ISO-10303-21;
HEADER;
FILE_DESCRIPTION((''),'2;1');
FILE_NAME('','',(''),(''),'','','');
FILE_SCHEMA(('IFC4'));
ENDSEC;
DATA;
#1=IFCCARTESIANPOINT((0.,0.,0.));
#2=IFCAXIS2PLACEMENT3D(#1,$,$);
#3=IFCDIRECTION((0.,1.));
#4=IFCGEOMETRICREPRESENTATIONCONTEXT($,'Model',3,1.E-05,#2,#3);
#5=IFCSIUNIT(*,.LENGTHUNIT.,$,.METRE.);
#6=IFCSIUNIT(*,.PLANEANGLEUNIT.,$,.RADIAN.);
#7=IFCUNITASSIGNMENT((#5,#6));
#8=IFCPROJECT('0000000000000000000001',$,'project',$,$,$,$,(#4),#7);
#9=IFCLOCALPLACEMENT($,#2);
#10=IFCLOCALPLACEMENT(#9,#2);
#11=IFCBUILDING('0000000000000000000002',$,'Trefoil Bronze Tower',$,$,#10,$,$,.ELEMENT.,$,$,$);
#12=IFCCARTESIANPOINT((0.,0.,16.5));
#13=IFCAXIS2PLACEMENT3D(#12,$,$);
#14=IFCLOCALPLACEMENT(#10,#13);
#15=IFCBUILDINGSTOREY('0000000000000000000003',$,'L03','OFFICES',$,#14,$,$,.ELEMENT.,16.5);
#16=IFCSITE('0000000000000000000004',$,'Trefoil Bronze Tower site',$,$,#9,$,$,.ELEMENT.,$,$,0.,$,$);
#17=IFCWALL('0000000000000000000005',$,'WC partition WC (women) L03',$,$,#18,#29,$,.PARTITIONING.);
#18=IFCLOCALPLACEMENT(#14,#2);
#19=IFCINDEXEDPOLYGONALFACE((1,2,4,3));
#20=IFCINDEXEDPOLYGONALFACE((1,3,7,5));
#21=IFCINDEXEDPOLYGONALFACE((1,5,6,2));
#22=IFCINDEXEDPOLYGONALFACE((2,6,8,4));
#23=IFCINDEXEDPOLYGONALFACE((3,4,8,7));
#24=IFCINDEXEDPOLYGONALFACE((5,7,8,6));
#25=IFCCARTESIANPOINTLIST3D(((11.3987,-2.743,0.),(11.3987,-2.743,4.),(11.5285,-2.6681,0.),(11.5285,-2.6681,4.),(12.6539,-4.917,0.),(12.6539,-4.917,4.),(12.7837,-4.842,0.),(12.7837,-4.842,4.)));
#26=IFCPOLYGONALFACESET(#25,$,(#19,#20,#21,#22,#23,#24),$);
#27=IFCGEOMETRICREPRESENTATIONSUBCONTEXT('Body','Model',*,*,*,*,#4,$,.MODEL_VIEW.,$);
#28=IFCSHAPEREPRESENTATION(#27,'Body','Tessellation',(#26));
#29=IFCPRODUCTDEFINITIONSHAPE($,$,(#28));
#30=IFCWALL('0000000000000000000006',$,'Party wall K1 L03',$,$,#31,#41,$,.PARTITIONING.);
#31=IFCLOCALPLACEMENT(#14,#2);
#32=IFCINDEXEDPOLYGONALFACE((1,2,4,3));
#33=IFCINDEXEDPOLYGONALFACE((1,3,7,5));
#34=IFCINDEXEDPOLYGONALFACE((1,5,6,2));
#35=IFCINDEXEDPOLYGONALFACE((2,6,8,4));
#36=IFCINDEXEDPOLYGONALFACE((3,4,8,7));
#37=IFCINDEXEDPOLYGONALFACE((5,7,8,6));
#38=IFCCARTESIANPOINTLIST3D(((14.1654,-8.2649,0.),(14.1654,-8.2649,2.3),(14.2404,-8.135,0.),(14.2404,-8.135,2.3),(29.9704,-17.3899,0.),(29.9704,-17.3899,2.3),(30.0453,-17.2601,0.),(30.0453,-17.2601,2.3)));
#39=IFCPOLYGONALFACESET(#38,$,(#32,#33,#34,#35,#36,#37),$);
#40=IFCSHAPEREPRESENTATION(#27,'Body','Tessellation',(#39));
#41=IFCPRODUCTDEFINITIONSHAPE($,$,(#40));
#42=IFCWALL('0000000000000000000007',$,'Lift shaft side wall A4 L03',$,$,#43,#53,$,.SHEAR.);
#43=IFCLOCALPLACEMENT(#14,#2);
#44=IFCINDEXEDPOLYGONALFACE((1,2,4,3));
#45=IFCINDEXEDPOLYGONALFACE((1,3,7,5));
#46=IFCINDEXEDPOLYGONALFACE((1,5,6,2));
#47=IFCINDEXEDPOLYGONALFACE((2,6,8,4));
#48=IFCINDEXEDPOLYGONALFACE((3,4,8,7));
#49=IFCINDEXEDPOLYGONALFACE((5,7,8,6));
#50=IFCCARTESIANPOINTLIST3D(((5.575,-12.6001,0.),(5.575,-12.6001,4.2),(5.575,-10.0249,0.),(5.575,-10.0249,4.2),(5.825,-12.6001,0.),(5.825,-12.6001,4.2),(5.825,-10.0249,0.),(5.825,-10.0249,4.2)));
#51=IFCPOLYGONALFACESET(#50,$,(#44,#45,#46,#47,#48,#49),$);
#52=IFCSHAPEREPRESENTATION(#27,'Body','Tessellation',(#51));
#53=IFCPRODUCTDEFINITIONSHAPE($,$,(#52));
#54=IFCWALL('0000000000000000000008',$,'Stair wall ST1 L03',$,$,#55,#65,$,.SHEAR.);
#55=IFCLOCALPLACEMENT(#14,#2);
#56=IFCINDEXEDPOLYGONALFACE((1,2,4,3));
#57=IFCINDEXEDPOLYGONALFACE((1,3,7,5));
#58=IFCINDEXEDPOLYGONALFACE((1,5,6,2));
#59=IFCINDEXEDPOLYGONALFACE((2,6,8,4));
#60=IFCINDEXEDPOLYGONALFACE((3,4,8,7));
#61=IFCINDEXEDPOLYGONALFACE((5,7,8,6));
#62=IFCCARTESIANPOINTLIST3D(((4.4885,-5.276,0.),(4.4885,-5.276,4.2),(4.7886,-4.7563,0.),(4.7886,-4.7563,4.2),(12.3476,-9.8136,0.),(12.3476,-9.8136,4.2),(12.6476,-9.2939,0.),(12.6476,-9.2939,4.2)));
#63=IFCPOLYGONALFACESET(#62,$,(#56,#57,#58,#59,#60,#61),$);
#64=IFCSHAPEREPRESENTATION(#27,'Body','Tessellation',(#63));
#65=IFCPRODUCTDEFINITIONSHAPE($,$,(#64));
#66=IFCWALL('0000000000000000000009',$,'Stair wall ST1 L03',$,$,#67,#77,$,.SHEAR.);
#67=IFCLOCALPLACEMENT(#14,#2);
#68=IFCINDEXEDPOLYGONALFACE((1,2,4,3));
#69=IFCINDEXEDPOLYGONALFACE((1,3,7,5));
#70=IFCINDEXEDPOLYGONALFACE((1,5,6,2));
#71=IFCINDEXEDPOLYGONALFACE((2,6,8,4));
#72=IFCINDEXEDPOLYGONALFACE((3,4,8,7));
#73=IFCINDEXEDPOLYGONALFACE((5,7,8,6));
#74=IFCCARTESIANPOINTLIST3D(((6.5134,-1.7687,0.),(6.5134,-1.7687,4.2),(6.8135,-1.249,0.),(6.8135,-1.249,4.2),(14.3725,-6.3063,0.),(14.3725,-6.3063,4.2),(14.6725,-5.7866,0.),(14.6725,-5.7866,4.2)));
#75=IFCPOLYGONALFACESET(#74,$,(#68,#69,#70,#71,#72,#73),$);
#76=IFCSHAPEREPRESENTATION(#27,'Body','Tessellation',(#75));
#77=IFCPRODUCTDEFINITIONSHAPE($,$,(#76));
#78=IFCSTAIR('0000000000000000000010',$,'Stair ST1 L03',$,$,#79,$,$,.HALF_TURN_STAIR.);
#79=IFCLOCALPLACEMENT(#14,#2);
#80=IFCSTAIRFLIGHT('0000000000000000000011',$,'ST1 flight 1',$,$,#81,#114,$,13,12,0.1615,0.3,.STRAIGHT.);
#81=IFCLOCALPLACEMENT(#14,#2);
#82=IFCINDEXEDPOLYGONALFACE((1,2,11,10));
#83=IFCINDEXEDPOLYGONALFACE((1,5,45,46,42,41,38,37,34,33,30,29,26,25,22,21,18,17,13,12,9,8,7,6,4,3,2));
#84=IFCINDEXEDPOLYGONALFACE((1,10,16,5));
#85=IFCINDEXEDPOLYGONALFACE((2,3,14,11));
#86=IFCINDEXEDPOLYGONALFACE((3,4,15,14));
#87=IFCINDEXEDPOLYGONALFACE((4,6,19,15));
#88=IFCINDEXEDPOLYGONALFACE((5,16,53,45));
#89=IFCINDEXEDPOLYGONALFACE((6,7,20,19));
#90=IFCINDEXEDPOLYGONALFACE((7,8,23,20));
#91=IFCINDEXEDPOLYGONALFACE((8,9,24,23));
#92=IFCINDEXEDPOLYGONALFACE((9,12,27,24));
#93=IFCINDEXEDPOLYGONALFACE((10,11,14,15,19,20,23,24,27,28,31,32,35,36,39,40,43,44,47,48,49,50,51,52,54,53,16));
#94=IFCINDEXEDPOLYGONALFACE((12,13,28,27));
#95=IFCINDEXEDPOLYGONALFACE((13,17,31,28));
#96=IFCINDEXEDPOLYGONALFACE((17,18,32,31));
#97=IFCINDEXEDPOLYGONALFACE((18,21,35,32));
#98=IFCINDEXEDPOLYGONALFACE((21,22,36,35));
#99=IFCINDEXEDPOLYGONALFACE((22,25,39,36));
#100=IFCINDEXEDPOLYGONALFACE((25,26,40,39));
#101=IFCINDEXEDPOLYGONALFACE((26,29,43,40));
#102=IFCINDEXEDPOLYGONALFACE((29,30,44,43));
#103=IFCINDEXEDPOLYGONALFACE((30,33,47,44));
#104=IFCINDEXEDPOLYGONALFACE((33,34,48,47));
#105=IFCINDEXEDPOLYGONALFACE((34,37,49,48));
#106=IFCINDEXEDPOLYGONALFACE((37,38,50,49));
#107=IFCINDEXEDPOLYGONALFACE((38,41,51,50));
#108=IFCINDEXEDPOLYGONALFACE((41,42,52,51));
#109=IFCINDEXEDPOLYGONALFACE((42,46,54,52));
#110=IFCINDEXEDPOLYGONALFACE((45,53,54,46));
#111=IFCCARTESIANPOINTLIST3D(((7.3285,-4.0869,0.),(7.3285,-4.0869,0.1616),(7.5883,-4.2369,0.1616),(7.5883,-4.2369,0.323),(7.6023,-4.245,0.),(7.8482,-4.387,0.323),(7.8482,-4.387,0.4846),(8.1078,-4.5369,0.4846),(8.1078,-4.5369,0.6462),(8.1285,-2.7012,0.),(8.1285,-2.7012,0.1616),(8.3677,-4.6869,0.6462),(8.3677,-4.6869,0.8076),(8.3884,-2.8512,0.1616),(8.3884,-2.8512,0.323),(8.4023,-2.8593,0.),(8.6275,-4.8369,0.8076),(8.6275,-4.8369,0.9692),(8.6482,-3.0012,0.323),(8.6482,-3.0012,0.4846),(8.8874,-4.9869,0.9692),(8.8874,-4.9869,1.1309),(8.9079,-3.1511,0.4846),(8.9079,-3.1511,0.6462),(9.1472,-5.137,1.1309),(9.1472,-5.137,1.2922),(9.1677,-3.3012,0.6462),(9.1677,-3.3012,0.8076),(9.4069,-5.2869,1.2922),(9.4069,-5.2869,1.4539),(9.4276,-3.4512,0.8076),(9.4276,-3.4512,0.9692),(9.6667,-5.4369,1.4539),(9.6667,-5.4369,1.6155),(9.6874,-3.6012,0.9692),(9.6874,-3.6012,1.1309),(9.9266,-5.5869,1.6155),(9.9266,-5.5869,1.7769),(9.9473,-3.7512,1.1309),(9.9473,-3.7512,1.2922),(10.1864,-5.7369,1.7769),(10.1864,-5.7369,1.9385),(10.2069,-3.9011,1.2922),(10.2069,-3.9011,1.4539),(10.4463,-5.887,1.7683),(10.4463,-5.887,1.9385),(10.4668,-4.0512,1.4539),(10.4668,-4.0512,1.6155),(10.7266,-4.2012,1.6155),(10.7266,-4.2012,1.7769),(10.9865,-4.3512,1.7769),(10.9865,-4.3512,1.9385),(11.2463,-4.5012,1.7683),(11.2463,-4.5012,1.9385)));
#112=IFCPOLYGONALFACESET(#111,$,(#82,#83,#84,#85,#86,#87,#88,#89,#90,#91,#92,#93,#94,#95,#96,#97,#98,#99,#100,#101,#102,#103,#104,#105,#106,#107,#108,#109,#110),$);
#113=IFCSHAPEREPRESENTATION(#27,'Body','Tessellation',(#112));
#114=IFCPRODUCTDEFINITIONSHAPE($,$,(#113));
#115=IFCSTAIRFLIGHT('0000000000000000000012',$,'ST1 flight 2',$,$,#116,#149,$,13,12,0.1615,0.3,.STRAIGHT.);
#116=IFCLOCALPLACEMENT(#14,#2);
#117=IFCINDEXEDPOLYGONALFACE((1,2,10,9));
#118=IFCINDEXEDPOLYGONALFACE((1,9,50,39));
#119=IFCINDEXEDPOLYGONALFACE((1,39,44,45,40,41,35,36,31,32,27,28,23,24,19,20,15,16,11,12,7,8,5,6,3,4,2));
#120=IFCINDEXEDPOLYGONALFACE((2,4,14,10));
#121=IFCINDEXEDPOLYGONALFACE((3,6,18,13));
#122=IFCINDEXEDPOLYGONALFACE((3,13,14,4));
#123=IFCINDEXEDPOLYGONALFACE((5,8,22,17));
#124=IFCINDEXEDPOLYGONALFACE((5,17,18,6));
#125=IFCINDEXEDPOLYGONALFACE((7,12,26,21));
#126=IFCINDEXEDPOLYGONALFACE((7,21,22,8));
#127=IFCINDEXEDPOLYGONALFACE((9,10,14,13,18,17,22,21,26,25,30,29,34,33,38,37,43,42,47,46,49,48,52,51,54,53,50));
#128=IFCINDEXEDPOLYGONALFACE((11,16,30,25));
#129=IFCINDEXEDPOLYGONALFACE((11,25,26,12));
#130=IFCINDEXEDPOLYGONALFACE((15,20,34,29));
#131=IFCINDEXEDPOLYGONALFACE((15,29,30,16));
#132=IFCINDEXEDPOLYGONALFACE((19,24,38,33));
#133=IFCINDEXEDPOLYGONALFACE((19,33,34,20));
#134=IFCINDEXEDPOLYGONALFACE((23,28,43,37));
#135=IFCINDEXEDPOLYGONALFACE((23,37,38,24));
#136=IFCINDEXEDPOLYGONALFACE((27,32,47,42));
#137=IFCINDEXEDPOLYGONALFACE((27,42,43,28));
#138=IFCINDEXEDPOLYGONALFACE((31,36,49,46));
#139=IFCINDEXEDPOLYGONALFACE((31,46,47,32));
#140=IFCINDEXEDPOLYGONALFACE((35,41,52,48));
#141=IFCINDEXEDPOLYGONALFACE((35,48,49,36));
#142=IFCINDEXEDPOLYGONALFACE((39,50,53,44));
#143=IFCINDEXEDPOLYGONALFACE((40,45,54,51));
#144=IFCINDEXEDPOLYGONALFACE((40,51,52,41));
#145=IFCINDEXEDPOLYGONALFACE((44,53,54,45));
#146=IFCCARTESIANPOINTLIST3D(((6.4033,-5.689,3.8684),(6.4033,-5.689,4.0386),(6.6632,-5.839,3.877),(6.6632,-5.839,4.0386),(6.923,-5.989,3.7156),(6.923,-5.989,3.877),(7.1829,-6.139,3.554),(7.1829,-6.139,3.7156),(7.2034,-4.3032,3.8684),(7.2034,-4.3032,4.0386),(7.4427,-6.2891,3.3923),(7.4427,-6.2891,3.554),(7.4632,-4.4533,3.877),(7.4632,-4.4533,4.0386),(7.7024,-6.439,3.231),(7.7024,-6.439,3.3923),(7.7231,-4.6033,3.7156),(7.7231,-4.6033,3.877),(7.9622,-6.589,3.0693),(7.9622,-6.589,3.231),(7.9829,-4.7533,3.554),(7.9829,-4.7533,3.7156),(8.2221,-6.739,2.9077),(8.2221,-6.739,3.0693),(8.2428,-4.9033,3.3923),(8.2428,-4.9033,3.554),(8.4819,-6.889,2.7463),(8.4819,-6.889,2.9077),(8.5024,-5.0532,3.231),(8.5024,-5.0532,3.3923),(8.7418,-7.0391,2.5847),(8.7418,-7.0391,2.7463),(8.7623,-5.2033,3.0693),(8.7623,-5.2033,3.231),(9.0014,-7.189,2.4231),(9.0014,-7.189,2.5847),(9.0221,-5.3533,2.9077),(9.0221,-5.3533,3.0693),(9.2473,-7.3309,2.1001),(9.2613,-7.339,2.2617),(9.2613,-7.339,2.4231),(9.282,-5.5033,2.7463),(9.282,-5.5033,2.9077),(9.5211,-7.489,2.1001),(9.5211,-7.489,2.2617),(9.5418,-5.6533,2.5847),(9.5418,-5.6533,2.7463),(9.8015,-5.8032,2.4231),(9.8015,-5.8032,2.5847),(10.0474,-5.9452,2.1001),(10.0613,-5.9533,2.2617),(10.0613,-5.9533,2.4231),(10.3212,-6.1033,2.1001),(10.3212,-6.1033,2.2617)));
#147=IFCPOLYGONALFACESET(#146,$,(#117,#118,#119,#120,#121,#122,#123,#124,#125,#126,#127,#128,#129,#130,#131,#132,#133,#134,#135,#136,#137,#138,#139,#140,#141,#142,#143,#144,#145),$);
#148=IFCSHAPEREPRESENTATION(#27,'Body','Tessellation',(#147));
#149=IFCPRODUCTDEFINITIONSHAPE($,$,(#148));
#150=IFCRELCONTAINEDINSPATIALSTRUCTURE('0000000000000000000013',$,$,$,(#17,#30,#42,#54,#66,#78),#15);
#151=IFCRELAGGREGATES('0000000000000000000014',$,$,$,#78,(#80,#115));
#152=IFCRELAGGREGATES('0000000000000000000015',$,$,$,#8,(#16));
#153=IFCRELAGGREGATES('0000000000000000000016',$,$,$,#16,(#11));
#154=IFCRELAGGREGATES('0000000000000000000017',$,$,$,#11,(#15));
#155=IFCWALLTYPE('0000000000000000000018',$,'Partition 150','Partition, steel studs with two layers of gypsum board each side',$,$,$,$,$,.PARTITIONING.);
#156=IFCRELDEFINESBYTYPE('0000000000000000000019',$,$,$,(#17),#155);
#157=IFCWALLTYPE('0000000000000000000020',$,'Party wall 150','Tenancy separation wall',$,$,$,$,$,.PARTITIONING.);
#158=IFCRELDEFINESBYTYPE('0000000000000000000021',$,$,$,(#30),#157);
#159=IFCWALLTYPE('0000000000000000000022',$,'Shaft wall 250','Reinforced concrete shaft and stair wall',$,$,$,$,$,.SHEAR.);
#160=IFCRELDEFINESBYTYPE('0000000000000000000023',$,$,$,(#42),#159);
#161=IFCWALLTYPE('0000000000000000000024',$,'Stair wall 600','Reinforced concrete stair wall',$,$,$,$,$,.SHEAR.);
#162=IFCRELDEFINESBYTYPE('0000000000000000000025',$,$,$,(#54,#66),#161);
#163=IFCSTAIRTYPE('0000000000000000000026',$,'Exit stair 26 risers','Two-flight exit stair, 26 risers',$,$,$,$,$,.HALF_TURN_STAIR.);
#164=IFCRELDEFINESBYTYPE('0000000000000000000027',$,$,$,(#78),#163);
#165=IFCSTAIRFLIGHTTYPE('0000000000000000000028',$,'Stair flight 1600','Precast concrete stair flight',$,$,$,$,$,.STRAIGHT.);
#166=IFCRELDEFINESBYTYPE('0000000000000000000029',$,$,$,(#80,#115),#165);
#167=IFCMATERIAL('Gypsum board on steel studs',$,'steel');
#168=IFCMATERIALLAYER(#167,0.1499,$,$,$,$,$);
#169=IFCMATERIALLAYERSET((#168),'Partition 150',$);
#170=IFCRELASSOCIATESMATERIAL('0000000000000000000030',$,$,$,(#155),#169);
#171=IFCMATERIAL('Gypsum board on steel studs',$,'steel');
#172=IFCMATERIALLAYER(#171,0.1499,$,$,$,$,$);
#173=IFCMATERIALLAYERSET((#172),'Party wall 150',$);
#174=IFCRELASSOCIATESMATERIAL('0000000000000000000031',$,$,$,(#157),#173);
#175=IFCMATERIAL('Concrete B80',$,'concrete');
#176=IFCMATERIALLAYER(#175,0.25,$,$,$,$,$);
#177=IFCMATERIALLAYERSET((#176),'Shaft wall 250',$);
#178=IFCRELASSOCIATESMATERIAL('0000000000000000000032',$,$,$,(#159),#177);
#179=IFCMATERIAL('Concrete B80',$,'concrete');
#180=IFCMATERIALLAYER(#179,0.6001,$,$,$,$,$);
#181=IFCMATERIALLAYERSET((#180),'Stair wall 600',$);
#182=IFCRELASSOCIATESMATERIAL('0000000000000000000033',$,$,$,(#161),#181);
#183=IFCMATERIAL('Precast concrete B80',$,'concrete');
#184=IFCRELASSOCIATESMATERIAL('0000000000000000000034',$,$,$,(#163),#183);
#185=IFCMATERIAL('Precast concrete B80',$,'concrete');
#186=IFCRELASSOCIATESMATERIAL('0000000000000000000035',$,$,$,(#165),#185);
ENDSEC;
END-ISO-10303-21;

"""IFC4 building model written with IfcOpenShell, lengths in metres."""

from ifc_helpers import new_model, si_unit, direction, frame, frame_2d, origin, place, context, subcontext, project, spatial, polyline, rectangle, outline, extrude, material, layer, layer_set, type_object, element, aggregate, save


model = new_model("IFC4")

# Units and contexts
model_context = context("Model", 3, precision=1e-05, world=origin(), true_north=direction((0.0, 1.0)))
body_context = subcontext(model_context, "Body", "Model", "MODEL_VIEW")
ifc_project = project(units=[si_unit("LENGTHUNIT", "METRE"), si_unit("PLANEANGLEUNIT", "RADIAN")], contexts=[model_context])

# Site, building, storey
site_placement = place(None, origin())
site = spatial("IfcSite", under=ifc_project, at=site_placement, Name="Trefoil Bronze Tower site", CompositionType="ELEMENT", RefElevation=0.0)
building_placement = place(site_placement, origin())
building = spatial("IfcBuilding", under=site, at=building_placement, Name="Trefoil Bronze Tower", CompositionType="ELEMENT")
storey_placement = place(building_placement, frame((0.0, 0.0, 16.5)))
storey = spatial("IfcBuildingStorey", under=building, at=storey_placement, Name="L03", Description="OFFICES", CompositionType="ELEMENT", Elevation=16.5)

# Shared definitions
ifc_material_1 = material(Name="Gypsum board on steel studs", Category="steel")
ifc_layer_1 = layer(ifc_material_1, 0.1499)
ifc_layer_set_1 = layer_set([ifc_layer_1], Name="Partition 150")
wall_type_1 = type_object("IfcWallType", Name="Partition 150", Description="Partition, steel studs with two layers of gypsum board each side", PredefinedType="PARTITIONING", material=ifc_layer_set_1)

# Walls
wall_1_placement = place(storey_placement, frame((11.4636, -2.7056, 0.0), z_axis=(0.0, 0.0, 1.0), x_axis=(0.50002, -0.866014, 0.0)))
element("IfcWall", 1, at=wall_1_placement, inside=storey, type_object=wall_type_1, Name="WC partition WC (women) L03", PredefinedType="PARTITIONING", context=body_context, shape_type="SweptSolid", body=[
    extrude(rectangle(XDim=2.5103, YDim=0.1499, at=frame_2d((1.2551, 0.0))), origin(), (0.0, 0.0, 1.0), 4.0),
])
ifc_material_2 = material(Name="Gypsum board on steel studs", Category="steel")
ifc_layer_2 = layer(ifc_material_2, 0.1499)
ifc_layer_set_2 = layer_set([ifc_layer_2], Name="Party wall 150")
wall_type_2 = type_object("IfcWallType", Name="Party wall 150", Description="Tenancy separation wall", PredefinedType="PARTITIONING", material=ifc_layer_set_2)
wall_2_placement = place(storey_placement, frame((14.2029, -8.2, 0.0), z_axis=(0.0, 0.0, 1.0), x_axis=(0.866025, -0.500001, 0.0)))
element("IfcWall", 2, at=wall_2_placement, inside=storey, type_object=wall_type_2, Name="Party wall K1 L03", PredefinedType="PARTITIONING", context=body_context, shape_type="SweptSolid", body=[
    extrude(rectangle(XDim=18.25, YDim=0.1499, at=frame_2d((9.125, 0.0))), origin(), (0.0, 0.0, 1.0), 2.3),
])
ifc_material_3 = material(Name="Concrete B80", Category="concrete")
ifc_layer_3 = layer(ifc_material_3, 0.25)
ifc_layer_set_3 = layer_set([ifc_layer_3], Name="Shaft wall 250")
wall_type_3 = type_object("IfcWallType", Name="Shaft wall 250", Description="Reinforced concrete shaft and stair wall", PredefinedType="SHEAR", material=ifc_layer_set_3)
wall_3_placement = place(storey_placement, frame((5.7, -10.0249, 0.0), z_axis=(0.0, 0.0, 1.0), x_axis=(0.0, -1.0, 0.0)))
element("IfcWall", 3, at=wall_3_placement, inside=storey, type_object=wall_type_3, Name="Lift shaft side wall A4 L03", PredefinedType="SHEAR", context=body_context, shape_type="SweptSolid", body=[
    extrude(rectangle(XDim=2.5752, YDim=0.25, at=frame_2d((1.2876, 0.0))), origin(), (0.0, 0.0, 1.0), 4.2),
])
ifc_material_4 = material(Name="Concrete B80", Category="concrete")
ifc_layer_4 = layer(ifc_material_4, 0.6001)
ifc_layer_set_4 = layer_set([ifc_layer_4], Name="Stair wall 600")
wall_type_4 = type_object("IfcWallType", Name="Stair wall 600", Description="Reinforced concrete stair wall", PredefinedType="SHEAR", material=ifc_layer_set_4)
for number, where, z_axis, x_axis, name in (
    (4, (4.6384, -5.0161, 0.0), (0.0, 0.0, 1.0), (0.866019, -0.50001, 0.0), "Stair wall ST1 L03"),
    (5, (6.6633, -1.5088, 0.0), (0.0, 0.0, 1.0), (0.866019, -0.50001, 0.0), "Stair wall ST1 L03"),
):
    element("IfcWall", number, at=place(storey_placement, frame(where, z_axis=z_axis, x_axis=x_axis)), inside=storey, type_object=wall_type_4, Name=name, PredefinedType="SHEAR", context=body_context, shape_type="SweptSolid", body=[
        extrude(rectangle(XDim=9.075, YDim=0.6001, at=frame_2d((4.5376, 0.0))), origin(), (0.0, 0.0, 1.0), 4.2),
    ])

# Stair, stair flights
ifc_material_5 = material(Name="Precast concrete B80", Category="concrete")
stair_type = type_object("IfcStairType", Name="Exit stair 26 risers", Description="Two-flight exit stair, 26 risers", PredefinedType="HALF_TURN_STAIR", material=ifc_material_5)
stair_placement = place(storey_placement, origin())
stair = element("IfcStair", 6, at=stair_placement, inside=storey, type_object=stair_type, Name="Stair ST1 L03", PredefinedType="HALF_TURN_STAIR")
ifc_material_6 = material(Name="Precast concrete B80", Category="concrete")
stair_flight_type = type_object("IfcStairFlightType", Name="Stair flight 1600", Description="Precast concrete stair flight", PredefinedType="STRAIGHT", material=ifc_material_6)
stair_flight_1_placement = place(storey_placement, frame((7.7285, -3.394, 0.0), z_axis=(0.0, 0.0, 1.0), x_axis=(0.866025, -0.5, 0.0)))
stair_flight_1 = element("IfcStairFlight", 7, at=stair_flight_1_placement, type_object=stair_flight_type, Name="ST1 flight 1", NumberOfRisers=13, NumberOfTreads=12, PredefinedType="STRAIGHT", RiserHeight=0.1615, TreadLength=0.3, context=body_context, shape_type="SweptSolid", body=[
    extrude(outline(polyline([(0.0, 0.0), (0.0, 0.1616), (0.3, 0.1616), (0.3, 0.323), (0.6001, 0.323), (0.6001, 0.4846), (0.8999, 0.4846), (0.8999, 0.6462), (1.2, 0.6462), (1.2, 0.8076), (1.5, 0.8076), (1.5, 0.9692), (1.8, 0.9692), (1.8, 1.1309), (2.1001, 1.1309), (2.1001, 1.2922), (2.3999, 1.2922), (2.3999, 1.4539), (2.7, 1.4539), (2.7, 1.6155), (3.0, 1.6155), (3.0, 1.7769), (3.3, 1.7769), (3.3, 1.9385), (3.6001, 1.9385), (3.6001, 2.1001), (3.6001, 1.7683), (0.3162, 0.0), (0.0, 0.0)])), frame((0.0, 0.8, 0.0), z_axis=(0.0, -1.0, 0.0), x_axis=(1.0, 0.0, 0.0)), (0.0, 0.0, 1.0), 1.6001),
])
stair_flight_2_placement = place(storey_placement, frame((9.9211, -6.7961, 2.1001), z_axis=(0.0, 0.0, 1.0), x_axis=(-0.866025, 0.5, 0.0)))
stair_flight_2 = element("IfcStairFlight", 8, at=stair_flight_2_placement, type_object=stair_flight_type, Name="ST1 flight 2", NumberOfRisers=13, NumberOfTreads=12, PredefinedType="STRAIGHT", RiserHeight=0.1615, TreadLength=0.3, context=body_context, shape_type="SweptSolid", body=[
    extrude(outline(polyline([(0.0, 0.0), (0.0, 0.1616), (0.3, 0.1616), (0.3, 0.323), (0.6001, 0.323), (0.6001, 0.4846), (0.8999, 0.4846), (0.8999, 0.6462), (1.2, 0.6462), (1.2, 0.8076), (1.5, 0.8076), (1.5, 0.9692), (1.8, 0.9692), (1.8, 1.1309), (2.1001, 1.1309), (2.1001, 1.2922), (2.3999, 1.2922), (2.3999, 1.4539), (2.7, 1.4539), (2.7, 1.6155), (3.0, 1.6155), (3.0, 1.7769), (3.3, 1.7769), (3.3, 1.9385), (3.6001, 1.9385), (3.6001, 2.1001), (3.6001, 1.7683), (0.3162, 0.0), (0.0, 0.0)])), frame((0.0, 0.8, 0.0), z_axis=(0.0, -1.0, 0.0), x_axis=(1.0, 0.0, 0.0)), (0.0, 0.0, 1.0), 1.6001),
])
aggregate(stair, [stair_flight_1, stair_flight_2])

save(model, "model.ifc")
